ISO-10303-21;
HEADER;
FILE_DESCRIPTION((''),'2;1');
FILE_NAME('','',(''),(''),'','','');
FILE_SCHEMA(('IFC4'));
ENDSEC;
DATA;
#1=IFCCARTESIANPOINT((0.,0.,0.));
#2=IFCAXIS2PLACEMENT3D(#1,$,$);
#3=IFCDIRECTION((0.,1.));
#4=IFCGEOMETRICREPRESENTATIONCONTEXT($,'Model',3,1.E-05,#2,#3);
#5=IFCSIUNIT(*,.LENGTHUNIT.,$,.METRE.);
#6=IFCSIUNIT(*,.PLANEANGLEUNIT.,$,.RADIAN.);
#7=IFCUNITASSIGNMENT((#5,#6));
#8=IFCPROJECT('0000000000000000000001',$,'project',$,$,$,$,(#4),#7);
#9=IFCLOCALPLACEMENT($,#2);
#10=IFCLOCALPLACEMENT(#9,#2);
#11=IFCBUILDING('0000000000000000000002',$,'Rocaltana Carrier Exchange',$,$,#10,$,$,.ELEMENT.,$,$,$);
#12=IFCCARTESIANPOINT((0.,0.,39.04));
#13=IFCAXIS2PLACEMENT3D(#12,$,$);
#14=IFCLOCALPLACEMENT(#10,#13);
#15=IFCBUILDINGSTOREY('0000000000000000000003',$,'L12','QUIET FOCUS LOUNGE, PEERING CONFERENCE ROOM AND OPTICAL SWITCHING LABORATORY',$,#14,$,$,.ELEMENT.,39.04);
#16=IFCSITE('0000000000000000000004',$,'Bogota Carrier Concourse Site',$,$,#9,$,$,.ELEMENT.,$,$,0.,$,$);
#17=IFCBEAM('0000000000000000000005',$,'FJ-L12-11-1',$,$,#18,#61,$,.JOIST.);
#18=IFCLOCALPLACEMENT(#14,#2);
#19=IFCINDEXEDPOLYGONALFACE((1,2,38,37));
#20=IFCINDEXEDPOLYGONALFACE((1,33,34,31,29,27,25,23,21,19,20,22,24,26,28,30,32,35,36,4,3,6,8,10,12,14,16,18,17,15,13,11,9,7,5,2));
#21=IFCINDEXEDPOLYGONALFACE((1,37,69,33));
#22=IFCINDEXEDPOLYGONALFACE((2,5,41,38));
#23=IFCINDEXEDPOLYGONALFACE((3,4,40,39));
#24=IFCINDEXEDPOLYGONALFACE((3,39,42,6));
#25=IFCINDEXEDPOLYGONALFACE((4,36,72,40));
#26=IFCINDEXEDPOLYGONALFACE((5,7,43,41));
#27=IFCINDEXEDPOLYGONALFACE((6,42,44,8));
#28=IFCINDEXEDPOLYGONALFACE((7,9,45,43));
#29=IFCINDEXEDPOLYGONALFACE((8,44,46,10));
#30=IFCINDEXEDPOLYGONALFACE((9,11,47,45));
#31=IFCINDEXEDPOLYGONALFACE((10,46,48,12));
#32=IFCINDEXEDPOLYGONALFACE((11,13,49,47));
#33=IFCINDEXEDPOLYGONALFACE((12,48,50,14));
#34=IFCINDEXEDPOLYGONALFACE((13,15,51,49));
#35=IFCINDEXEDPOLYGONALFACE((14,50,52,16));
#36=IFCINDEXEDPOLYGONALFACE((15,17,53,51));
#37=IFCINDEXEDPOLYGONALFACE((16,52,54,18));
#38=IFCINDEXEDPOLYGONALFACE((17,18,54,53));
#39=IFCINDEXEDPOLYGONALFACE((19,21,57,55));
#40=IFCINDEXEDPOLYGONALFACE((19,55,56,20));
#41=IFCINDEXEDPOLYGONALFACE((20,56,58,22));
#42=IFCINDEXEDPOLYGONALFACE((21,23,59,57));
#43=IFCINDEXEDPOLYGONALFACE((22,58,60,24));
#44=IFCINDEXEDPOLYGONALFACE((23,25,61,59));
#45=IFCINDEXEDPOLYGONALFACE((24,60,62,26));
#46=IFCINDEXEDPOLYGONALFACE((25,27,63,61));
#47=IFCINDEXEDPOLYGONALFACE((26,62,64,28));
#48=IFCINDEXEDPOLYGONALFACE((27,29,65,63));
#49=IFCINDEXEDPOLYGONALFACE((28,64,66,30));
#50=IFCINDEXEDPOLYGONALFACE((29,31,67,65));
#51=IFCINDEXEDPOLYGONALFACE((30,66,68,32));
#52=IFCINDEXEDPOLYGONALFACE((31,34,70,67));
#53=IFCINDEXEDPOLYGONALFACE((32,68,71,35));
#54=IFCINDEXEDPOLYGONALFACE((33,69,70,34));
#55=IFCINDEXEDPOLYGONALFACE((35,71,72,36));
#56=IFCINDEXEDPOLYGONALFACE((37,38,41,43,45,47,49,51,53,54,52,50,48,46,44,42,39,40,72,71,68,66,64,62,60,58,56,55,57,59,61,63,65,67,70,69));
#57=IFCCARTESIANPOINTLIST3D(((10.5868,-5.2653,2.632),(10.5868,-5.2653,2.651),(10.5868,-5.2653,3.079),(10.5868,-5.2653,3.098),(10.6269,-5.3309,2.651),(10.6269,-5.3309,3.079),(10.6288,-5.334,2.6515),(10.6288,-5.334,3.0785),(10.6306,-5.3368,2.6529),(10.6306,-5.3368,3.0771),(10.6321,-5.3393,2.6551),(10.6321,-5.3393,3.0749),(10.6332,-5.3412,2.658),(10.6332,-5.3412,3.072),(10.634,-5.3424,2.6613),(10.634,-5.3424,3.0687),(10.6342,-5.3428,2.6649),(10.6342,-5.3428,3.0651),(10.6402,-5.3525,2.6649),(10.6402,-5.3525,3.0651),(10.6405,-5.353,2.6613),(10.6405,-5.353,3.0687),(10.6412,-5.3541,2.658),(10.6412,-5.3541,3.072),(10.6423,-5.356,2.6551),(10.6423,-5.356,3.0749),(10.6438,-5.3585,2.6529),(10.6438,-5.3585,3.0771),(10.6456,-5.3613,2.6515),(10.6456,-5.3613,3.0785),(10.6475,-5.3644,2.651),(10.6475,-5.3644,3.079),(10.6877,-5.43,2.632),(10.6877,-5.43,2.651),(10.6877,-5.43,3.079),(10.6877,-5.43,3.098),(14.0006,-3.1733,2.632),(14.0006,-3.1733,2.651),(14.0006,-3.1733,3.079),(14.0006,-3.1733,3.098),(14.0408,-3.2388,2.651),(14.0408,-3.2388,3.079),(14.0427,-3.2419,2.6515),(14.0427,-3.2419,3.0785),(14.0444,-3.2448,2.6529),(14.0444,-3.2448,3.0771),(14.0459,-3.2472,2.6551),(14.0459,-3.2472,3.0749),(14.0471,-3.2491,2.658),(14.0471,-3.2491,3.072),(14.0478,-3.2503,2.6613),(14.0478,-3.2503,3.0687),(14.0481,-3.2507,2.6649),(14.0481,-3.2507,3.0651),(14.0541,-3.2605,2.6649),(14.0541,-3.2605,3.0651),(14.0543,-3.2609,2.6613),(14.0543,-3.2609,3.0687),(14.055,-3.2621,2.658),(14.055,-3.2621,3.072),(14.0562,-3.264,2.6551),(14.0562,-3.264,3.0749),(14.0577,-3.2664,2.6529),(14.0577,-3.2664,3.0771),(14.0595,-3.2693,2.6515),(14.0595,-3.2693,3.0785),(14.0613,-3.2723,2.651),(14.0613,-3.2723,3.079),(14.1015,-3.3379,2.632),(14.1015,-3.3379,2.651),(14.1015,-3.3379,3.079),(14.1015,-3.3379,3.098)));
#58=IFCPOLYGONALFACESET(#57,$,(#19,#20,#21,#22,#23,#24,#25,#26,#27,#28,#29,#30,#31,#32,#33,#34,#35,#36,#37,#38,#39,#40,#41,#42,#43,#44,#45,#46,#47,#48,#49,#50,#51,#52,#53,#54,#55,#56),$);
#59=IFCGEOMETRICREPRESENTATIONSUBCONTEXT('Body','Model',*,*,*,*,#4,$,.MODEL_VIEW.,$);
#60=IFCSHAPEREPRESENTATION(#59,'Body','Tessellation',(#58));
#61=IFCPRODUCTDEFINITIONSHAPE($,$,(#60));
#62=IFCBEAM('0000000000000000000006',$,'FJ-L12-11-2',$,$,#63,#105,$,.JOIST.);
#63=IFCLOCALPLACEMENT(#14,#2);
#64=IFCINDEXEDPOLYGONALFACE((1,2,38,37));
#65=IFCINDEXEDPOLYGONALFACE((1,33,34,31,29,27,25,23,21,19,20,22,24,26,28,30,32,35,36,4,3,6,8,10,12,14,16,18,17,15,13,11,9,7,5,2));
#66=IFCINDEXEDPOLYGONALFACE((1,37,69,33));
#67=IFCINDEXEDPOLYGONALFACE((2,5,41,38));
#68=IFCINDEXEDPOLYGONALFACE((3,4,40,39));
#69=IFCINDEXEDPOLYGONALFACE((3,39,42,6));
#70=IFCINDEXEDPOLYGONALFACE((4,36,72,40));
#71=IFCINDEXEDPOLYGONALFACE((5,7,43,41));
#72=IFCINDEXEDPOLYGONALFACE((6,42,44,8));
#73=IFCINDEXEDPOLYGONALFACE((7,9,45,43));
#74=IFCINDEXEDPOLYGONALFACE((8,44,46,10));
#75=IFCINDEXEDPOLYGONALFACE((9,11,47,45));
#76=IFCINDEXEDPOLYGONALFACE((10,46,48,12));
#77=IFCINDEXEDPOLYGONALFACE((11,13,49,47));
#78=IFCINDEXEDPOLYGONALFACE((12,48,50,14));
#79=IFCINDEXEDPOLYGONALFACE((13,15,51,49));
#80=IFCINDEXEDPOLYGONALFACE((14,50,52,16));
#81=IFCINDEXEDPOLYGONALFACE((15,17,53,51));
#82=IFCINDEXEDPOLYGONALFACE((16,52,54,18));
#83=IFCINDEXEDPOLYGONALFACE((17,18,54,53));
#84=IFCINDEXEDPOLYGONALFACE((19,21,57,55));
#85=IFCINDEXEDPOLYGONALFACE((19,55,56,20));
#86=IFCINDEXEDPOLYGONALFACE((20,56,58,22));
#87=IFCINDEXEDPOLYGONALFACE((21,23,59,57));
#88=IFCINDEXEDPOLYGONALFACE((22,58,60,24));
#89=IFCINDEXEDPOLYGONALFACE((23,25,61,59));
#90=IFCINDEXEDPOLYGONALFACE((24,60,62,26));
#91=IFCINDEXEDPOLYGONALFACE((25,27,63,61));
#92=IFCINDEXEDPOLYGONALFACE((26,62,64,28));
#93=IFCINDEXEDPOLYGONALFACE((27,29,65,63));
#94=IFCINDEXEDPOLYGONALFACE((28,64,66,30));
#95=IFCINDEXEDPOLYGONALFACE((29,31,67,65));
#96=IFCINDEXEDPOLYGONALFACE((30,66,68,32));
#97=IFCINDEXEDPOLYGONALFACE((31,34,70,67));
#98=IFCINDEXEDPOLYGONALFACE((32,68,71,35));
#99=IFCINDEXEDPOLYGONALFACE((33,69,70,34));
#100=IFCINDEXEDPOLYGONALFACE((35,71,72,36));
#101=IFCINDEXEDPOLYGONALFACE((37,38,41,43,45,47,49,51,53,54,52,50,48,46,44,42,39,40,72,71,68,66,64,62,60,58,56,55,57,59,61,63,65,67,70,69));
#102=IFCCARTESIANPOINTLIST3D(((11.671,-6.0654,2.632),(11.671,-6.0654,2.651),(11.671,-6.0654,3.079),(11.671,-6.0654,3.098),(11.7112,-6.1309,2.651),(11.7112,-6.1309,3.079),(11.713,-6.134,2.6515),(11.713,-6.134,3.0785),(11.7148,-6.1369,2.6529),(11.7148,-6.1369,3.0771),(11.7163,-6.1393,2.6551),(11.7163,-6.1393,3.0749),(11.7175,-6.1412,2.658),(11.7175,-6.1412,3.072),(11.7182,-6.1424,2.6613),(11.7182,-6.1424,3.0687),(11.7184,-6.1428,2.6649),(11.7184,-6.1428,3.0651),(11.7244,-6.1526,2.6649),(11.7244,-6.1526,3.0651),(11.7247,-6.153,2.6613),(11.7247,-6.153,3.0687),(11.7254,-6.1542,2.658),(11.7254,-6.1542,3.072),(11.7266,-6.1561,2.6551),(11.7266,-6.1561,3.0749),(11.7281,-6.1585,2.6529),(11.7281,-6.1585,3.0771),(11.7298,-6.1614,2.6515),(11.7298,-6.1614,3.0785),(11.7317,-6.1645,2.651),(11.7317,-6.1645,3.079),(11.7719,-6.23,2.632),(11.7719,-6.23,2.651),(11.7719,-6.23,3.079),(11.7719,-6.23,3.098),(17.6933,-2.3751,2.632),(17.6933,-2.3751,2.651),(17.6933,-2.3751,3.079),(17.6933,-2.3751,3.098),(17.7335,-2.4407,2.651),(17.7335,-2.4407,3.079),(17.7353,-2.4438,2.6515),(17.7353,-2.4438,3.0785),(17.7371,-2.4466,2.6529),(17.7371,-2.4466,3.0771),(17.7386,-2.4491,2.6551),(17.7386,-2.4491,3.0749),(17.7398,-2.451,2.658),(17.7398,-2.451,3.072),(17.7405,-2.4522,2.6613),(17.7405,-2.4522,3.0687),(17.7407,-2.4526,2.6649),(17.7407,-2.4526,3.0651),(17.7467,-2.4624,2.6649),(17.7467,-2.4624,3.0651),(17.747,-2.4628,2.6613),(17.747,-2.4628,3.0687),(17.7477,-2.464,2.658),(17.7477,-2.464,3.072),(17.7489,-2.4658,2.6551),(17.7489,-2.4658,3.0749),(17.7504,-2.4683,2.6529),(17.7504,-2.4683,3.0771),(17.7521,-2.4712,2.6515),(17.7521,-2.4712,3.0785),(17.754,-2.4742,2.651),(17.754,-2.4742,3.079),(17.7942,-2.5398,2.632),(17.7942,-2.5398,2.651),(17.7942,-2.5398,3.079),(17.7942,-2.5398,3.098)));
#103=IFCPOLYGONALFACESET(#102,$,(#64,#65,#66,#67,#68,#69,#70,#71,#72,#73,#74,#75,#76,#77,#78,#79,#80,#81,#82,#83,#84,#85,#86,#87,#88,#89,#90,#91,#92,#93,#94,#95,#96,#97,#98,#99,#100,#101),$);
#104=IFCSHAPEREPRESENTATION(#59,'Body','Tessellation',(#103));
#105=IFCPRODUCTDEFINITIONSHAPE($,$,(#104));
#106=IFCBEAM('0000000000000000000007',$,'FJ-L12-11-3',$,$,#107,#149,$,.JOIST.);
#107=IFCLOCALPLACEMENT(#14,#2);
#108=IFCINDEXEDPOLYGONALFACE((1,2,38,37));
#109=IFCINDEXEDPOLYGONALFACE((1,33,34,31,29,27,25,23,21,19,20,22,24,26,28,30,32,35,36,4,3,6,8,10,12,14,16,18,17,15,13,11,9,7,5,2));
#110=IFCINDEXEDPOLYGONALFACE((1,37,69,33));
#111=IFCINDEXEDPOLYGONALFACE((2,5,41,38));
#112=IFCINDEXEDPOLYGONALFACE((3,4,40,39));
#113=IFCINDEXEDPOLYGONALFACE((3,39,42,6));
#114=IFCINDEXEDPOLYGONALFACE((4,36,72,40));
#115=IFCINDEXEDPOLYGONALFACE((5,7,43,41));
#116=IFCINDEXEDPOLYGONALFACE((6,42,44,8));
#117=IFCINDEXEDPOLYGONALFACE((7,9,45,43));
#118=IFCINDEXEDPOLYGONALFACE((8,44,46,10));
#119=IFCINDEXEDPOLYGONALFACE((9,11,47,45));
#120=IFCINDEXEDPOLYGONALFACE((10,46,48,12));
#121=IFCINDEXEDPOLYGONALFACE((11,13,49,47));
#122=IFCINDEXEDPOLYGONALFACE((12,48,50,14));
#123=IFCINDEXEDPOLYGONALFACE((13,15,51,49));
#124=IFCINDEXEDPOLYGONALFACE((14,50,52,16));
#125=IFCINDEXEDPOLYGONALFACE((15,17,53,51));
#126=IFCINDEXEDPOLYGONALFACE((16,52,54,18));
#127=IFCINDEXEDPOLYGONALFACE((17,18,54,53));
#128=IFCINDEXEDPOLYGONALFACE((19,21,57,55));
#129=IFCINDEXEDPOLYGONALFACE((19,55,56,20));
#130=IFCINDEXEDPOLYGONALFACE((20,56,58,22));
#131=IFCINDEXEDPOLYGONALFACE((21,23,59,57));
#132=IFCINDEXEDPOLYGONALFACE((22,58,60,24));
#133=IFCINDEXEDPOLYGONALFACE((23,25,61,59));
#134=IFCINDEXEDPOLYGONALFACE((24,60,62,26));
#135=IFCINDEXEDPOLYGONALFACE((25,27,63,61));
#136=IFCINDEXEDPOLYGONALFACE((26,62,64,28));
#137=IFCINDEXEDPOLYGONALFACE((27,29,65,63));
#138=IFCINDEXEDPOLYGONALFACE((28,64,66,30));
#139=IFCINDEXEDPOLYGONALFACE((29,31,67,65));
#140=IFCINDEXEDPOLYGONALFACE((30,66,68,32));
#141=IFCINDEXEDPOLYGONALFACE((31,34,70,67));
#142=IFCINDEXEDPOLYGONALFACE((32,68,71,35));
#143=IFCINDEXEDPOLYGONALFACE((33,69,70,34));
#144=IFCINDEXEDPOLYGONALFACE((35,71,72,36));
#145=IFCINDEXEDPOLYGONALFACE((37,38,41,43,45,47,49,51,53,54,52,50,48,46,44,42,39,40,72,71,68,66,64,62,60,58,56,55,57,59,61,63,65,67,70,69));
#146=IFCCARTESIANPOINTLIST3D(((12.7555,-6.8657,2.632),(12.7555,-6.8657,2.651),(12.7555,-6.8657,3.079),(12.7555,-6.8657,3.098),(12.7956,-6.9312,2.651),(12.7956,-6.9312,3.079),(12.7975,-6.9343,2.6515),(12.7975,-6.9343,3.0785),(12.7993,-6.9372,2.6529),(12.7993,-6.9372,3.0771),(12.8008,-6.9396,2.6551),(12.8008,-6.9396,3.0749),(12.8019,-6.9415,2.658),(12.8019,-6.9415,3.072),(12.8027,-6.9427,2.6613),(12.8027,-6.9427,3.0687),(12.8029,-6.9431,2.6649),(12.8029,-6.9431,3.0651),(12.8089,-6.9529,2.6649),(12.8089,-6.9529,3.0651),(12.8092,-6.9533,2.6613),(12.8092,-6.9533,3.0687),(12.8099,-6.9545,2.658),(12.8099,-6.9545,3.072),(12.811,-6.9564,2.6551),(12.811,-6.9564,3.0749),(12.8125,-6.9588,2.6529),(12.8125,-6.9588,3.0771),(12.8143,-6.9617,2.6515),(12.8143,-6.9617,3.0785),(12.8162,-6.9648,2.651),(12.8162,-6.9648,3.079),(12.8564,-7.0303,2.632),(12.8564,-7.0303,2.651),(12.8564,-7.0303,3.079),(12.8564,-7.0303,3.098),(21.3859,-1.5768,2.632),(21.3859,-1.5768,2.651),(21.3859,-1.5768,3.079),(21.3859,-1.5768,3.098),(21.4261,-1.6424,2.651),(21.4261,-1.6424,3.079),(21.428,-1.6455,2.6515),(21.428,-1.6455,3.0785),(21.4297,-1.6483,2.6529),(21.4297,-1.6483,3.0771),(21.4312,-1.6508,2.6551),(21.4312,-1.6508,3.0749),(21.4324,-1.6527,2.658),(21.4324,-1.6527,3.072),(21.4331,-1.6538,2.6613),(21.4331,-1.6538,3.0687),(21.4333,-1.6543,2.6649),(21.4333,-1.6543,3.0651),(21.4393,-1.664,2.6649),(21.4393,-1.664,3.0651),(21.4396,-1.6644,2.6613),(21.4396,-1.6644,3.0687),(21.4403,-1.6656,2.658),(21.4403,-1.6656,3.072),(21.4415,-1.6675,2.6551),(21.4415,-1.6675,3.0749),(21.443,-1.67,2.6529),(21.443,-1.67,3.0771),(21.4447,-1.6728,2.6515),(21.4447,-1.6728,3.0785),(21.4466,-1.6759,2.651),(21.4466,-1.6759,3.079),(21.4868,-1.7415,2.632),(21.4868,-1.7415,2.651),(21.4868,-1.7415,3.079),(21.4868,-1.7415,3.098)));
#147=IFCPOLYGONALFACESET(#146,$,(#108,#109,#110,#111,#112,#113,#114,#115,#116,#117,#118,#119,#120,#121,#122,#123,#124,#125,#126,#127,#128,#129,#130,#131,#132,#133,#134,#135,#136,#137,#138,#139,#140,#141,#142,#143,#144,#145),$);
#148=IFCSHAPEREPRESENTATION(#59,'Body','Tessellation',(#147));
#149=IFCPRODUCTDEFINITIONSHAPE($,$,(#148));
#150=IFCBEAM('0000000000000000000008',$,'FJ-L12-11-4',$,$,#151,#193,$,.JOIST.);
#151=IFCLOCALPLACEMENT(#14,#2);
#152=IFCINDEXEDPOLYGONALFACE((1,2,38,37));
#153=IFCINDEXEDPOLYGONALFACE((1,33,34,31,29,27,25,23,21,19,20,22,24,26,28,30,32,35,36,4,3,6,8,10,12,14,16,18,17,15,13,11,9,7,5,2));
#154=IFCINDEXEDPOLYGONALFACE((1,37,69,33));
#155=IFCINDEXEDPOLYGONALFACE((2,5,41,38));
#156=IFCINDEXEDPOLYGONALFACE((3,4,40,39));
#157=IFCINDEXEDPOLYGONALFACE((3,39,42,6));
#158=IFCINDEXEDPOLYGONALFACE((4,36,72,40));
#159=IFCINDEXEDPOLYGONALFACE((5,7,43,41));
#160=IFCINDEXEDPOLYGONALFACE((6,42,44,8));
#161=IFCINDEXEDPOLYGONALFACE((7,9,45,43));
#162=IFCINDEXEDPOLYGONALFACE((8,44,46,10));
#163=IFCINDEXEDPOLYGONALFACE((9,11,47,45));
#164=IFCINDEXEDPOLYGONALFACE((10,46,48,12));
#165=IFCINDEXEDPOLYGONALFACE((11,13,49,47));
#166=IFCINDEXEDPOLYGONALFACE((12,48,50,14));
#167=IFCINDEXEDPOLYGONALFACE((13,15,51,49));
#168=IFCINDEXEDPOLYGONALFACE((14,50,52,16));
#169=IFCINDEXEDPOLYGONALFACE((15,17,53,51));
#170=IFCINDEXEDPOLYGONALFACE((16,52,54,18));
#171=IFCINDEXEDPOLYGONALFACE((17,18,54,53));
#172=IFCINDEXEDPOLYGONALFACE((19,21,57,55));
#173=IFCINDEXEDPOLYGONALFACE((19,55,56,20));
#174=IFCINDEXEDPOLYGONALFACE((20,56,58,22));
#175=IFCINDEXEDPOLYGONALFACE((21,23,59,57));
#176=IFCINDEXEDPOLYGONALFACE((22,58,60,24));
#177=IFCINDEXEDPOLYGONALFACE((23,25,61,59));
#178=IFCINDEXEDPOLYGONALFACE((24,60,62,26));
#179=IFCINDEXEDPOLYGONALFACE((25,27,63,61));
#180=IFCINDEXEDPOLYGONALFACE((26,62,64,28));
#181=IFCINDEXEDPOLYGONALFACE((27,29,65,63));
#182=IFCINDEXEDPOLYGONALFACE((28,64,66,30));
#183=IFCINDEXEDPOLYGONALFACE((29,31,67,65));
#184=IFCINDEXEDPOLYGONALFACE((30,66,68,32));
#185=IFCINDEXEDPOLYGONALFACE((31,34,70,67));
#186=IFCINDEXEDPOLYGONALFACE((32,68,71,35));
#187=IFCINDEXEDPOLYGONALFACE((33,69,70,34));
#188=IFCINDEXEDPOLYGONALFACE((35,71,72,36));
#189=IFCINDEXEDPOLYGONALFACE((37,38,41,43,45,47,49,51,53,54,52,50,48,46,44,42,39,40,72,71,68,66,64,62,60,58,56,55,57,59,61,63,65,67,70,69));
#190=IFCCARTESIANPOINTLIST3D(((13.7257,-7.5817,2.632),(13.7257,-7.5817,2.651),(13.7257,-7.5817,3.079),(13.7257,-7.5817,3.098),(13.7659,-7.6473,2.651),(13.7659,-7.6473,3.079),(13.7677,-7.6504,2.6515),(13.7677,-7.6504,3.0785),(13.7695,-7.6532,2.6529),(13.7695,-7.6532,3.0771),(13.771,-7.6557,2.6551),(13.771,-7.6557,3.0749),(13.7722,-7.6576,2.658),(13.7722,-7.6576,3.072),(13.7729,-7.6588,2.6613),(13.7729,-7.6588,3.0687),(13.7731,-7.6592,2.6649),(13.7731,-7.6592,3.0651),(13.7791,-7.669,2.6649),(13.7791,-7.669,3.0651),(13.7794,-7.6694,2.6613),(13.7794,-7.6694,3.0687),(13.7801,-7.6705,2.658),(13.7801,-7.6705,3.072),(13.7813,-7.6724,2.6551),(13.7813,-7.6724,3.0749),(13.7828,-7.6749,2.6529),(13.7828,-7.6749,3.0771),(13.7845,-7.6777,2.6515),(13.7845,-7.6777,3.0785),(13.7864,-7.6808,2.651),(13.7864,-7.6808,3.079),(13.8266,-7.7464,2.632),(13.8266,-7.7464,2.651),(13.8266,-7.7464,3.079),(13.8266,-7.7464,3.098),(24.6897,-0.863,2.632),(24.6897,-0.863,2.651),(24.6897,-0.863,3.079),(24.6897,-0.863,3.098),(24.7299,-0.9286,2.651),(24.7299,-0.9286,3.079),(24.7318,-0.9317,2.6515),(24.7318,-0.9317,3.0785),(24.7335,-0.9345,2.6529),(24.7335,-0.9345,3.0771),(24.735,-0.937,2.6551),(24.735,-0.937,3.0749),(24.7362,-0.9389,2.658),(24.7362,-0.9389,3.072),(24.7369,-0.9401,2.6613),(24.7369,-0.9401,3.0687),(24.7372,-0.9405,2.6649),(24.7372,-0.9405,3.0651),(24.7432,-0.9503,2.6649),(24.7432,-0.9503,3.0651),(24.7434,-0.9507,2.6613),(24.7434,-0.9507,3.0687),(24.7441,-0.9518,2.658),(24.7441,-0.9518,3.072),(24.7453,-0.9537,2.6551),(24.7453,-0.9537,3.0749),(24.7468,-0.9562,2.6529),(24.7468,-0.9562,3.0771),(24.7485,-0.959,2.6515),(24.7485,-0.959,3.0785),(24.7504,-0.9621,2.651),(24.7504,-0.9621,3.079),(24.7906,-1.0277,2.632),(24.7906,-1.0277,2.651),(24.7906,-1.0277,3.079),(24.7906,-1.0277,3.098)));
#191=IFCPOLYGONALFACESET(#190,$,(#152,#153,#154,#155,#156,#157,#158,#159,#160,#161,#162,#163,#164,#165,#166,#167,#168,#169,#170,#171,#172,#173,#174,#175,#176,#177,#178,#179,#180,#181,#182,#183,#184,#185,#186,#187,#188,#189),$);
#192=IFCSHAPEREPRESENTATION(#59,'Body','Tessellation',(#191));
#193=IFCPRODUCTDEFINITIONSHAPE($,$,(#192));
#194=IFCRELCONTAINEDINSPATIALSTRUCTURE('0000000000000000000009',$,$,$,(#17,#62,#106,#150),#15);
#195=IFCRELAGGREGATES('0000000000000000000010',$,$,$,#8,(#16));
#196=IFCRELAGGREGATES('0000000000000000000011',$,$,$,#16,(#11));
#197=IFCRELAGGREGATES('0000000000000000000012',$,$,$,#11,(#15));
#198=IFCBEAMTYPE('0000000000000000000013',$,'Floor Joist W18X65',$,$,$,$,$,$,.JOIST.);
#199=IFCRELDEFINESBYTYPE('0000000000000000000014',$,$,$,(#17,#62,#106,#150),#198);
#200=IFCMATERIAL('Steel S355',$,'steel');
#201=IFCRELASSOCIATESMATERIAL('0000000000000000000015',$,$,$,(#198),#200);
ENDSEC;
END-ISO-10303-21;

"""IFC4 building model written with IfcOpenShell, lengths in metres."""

from ifc_helpers import new_model, si_unit, direction, frame, origin, origin_2d, place, context, subcontext, project, spatial, i_section, extrude, material, material_profile, profile_set, type_object, element, save


model = new_model("IFC4")

# Units and contexts
model_context = context("Model", 3, precision=1e-05, world=origin(), true_north=direction((0.0, 1.0)))
body_context = subcontext(model_context, "Body", "Model", "MODEL_VIEW")
ifc_project = project(units=[si_unit("LENGTHUNIT", "METRE"), si_unit("PLANEANGLEUNIT", "RADIAN")], contexts=[model_context])

# Site, building, storey
site_placement = place(None, origin())
site = spatial("IfcSite", under=ifc_project, at=site_placement, Name="Bogota Carrier Concourse Site", CompositionType="ELEMENT", RefElevation=0.0)
building_placement = place(site_placement, origin())
building = spatial("IfcBuilding", under=site, at=building_placement, Name="Rocaltana Carrier Exchange", CompositionType="ELEMENT")
storey_placement = place(building_placement, frame((0.0, 0.0, 39.04)))
storey = spatial("IfcBuildingStorey", under=building, at=storey_placement, Name="L12", Description="QUIET FOCUS LOUNGE, PEERING CONFERENCE ROOM AND OPTICAL SWITCHING LABORATORY", CompositionType="ELEMENT", Elevation=39.04)

# Beams
ifc_material_1 = material(Name="Steel S355", Category="steel")
ifc_material_profile_1 = material_profile(ifc_material_1, i_section(OverallWidth=0.1931, OverallDepth=0.4661, WebThickness=0.0115, FlangeThickness=0.019, FilletRadius=0.0139, at=origin_2d()), Name="W18X65")
ifc_profile_set_1 = profile_set([ifc_material_profile_1], Name="Steel S355")
beam_type_1 = type_object("IfcBeamType", Name="Floor Joist W18X65", PredefinedType="JOIST", material=ifc_profile_set_1)
beam_1_placement = place(storey_placement, frame((10.6372, -5.3477, 2.865), z_axis=(0.852635, 0.522508, 0.0), x_axis=(-0.522508, 0.852635, 0.0)))
element("IfcBeam", 1, at=beam_1_placement, inside=storey, type_object=beam_type_1, Name="FJ-L12-11-1", PredefinedType="JOIST", context=body_context, shape_type="SweptSolid", body=[
    extrude(i_section(OverallWidth=0.1931, OverallDepth=0.4661, WebThickness=0.0115, FlangeThickness=0.019, FilletRadius=0.0139, at=origin_2d()), origin(), (0.0, 0.0, 1.0), 4.0039),
])
beam_2_placement = place(storey_placement, frame((11.7214, -6.1477, 2.865), z_axis=(0.852655, 0.522475, 0.0), x_axis=(-0.522475, 0.852655, 0.0)))
element("IfcBeam", 2, at=beam_2_placement, inside=storey, type_object=beam_type_1, Name="FJ-L12-11-2", PredefinedType="JOIST", context=body_context, shape_type="SweptSolid", body=[
    extrude(i_section(OverallWidth=0.1931, OverallDepth=0.4661, WebThickness=0.0115, FlangeThickness=0.019, FilletRadius=0.0139, at=origin_2d()), origin(), (0.0, 0.0, 1.0), 7.063),
])
beam_3_placement = place(storey_placement, frame((12.8059, -6.948, 2.865), z_axis=(0.852635, 0.522507, 0.0), x_axis=(-0.522507, 0.852635, 0.0)))
element("IfcBeam", 3, at=beam_3_placement, inside=storey, type_object=beam_type_1, Name="FJ-L12-11-3", PredefinedType="JOIST", context=body_context, shape_type="SweptSolid", body=[
    extrude(i_section(OverallWidth=0.1931, OverallDepth=0.4661, WebThickness=0.0115, FlangeThickness=0.019, FilletRadius=0.0139, at=origin_2d()), origin(), (0.0, 0.0, 1.0), 10.1221),
])
beam_4_placement = place(storey_placement, frame((13.7761, -7.6641, 2.865), z_axis=(0.852642, 0.522495, 0.0), x_axis=(-0.522495, 0.852642, 0.0)))
element("IfcBeam", 4, at=beam_4_placement, inside=storey, type_object=beam_type_1, Name="FJ-L12-11-4", PredefinedType="JOIST", context=body_context, shape_type="SweptSolid", body=[
    extrude(i_section(OverallWidth=0.1931, OverallDepth=0.4661, WebThickness=0.0115, FlangeThickness=0.019, FilletRadius=0.0139, at=origin_2d()), origin(), (0.0, 0.0, 1.0), 12.8589),
])

save(model, "model.ifc")
